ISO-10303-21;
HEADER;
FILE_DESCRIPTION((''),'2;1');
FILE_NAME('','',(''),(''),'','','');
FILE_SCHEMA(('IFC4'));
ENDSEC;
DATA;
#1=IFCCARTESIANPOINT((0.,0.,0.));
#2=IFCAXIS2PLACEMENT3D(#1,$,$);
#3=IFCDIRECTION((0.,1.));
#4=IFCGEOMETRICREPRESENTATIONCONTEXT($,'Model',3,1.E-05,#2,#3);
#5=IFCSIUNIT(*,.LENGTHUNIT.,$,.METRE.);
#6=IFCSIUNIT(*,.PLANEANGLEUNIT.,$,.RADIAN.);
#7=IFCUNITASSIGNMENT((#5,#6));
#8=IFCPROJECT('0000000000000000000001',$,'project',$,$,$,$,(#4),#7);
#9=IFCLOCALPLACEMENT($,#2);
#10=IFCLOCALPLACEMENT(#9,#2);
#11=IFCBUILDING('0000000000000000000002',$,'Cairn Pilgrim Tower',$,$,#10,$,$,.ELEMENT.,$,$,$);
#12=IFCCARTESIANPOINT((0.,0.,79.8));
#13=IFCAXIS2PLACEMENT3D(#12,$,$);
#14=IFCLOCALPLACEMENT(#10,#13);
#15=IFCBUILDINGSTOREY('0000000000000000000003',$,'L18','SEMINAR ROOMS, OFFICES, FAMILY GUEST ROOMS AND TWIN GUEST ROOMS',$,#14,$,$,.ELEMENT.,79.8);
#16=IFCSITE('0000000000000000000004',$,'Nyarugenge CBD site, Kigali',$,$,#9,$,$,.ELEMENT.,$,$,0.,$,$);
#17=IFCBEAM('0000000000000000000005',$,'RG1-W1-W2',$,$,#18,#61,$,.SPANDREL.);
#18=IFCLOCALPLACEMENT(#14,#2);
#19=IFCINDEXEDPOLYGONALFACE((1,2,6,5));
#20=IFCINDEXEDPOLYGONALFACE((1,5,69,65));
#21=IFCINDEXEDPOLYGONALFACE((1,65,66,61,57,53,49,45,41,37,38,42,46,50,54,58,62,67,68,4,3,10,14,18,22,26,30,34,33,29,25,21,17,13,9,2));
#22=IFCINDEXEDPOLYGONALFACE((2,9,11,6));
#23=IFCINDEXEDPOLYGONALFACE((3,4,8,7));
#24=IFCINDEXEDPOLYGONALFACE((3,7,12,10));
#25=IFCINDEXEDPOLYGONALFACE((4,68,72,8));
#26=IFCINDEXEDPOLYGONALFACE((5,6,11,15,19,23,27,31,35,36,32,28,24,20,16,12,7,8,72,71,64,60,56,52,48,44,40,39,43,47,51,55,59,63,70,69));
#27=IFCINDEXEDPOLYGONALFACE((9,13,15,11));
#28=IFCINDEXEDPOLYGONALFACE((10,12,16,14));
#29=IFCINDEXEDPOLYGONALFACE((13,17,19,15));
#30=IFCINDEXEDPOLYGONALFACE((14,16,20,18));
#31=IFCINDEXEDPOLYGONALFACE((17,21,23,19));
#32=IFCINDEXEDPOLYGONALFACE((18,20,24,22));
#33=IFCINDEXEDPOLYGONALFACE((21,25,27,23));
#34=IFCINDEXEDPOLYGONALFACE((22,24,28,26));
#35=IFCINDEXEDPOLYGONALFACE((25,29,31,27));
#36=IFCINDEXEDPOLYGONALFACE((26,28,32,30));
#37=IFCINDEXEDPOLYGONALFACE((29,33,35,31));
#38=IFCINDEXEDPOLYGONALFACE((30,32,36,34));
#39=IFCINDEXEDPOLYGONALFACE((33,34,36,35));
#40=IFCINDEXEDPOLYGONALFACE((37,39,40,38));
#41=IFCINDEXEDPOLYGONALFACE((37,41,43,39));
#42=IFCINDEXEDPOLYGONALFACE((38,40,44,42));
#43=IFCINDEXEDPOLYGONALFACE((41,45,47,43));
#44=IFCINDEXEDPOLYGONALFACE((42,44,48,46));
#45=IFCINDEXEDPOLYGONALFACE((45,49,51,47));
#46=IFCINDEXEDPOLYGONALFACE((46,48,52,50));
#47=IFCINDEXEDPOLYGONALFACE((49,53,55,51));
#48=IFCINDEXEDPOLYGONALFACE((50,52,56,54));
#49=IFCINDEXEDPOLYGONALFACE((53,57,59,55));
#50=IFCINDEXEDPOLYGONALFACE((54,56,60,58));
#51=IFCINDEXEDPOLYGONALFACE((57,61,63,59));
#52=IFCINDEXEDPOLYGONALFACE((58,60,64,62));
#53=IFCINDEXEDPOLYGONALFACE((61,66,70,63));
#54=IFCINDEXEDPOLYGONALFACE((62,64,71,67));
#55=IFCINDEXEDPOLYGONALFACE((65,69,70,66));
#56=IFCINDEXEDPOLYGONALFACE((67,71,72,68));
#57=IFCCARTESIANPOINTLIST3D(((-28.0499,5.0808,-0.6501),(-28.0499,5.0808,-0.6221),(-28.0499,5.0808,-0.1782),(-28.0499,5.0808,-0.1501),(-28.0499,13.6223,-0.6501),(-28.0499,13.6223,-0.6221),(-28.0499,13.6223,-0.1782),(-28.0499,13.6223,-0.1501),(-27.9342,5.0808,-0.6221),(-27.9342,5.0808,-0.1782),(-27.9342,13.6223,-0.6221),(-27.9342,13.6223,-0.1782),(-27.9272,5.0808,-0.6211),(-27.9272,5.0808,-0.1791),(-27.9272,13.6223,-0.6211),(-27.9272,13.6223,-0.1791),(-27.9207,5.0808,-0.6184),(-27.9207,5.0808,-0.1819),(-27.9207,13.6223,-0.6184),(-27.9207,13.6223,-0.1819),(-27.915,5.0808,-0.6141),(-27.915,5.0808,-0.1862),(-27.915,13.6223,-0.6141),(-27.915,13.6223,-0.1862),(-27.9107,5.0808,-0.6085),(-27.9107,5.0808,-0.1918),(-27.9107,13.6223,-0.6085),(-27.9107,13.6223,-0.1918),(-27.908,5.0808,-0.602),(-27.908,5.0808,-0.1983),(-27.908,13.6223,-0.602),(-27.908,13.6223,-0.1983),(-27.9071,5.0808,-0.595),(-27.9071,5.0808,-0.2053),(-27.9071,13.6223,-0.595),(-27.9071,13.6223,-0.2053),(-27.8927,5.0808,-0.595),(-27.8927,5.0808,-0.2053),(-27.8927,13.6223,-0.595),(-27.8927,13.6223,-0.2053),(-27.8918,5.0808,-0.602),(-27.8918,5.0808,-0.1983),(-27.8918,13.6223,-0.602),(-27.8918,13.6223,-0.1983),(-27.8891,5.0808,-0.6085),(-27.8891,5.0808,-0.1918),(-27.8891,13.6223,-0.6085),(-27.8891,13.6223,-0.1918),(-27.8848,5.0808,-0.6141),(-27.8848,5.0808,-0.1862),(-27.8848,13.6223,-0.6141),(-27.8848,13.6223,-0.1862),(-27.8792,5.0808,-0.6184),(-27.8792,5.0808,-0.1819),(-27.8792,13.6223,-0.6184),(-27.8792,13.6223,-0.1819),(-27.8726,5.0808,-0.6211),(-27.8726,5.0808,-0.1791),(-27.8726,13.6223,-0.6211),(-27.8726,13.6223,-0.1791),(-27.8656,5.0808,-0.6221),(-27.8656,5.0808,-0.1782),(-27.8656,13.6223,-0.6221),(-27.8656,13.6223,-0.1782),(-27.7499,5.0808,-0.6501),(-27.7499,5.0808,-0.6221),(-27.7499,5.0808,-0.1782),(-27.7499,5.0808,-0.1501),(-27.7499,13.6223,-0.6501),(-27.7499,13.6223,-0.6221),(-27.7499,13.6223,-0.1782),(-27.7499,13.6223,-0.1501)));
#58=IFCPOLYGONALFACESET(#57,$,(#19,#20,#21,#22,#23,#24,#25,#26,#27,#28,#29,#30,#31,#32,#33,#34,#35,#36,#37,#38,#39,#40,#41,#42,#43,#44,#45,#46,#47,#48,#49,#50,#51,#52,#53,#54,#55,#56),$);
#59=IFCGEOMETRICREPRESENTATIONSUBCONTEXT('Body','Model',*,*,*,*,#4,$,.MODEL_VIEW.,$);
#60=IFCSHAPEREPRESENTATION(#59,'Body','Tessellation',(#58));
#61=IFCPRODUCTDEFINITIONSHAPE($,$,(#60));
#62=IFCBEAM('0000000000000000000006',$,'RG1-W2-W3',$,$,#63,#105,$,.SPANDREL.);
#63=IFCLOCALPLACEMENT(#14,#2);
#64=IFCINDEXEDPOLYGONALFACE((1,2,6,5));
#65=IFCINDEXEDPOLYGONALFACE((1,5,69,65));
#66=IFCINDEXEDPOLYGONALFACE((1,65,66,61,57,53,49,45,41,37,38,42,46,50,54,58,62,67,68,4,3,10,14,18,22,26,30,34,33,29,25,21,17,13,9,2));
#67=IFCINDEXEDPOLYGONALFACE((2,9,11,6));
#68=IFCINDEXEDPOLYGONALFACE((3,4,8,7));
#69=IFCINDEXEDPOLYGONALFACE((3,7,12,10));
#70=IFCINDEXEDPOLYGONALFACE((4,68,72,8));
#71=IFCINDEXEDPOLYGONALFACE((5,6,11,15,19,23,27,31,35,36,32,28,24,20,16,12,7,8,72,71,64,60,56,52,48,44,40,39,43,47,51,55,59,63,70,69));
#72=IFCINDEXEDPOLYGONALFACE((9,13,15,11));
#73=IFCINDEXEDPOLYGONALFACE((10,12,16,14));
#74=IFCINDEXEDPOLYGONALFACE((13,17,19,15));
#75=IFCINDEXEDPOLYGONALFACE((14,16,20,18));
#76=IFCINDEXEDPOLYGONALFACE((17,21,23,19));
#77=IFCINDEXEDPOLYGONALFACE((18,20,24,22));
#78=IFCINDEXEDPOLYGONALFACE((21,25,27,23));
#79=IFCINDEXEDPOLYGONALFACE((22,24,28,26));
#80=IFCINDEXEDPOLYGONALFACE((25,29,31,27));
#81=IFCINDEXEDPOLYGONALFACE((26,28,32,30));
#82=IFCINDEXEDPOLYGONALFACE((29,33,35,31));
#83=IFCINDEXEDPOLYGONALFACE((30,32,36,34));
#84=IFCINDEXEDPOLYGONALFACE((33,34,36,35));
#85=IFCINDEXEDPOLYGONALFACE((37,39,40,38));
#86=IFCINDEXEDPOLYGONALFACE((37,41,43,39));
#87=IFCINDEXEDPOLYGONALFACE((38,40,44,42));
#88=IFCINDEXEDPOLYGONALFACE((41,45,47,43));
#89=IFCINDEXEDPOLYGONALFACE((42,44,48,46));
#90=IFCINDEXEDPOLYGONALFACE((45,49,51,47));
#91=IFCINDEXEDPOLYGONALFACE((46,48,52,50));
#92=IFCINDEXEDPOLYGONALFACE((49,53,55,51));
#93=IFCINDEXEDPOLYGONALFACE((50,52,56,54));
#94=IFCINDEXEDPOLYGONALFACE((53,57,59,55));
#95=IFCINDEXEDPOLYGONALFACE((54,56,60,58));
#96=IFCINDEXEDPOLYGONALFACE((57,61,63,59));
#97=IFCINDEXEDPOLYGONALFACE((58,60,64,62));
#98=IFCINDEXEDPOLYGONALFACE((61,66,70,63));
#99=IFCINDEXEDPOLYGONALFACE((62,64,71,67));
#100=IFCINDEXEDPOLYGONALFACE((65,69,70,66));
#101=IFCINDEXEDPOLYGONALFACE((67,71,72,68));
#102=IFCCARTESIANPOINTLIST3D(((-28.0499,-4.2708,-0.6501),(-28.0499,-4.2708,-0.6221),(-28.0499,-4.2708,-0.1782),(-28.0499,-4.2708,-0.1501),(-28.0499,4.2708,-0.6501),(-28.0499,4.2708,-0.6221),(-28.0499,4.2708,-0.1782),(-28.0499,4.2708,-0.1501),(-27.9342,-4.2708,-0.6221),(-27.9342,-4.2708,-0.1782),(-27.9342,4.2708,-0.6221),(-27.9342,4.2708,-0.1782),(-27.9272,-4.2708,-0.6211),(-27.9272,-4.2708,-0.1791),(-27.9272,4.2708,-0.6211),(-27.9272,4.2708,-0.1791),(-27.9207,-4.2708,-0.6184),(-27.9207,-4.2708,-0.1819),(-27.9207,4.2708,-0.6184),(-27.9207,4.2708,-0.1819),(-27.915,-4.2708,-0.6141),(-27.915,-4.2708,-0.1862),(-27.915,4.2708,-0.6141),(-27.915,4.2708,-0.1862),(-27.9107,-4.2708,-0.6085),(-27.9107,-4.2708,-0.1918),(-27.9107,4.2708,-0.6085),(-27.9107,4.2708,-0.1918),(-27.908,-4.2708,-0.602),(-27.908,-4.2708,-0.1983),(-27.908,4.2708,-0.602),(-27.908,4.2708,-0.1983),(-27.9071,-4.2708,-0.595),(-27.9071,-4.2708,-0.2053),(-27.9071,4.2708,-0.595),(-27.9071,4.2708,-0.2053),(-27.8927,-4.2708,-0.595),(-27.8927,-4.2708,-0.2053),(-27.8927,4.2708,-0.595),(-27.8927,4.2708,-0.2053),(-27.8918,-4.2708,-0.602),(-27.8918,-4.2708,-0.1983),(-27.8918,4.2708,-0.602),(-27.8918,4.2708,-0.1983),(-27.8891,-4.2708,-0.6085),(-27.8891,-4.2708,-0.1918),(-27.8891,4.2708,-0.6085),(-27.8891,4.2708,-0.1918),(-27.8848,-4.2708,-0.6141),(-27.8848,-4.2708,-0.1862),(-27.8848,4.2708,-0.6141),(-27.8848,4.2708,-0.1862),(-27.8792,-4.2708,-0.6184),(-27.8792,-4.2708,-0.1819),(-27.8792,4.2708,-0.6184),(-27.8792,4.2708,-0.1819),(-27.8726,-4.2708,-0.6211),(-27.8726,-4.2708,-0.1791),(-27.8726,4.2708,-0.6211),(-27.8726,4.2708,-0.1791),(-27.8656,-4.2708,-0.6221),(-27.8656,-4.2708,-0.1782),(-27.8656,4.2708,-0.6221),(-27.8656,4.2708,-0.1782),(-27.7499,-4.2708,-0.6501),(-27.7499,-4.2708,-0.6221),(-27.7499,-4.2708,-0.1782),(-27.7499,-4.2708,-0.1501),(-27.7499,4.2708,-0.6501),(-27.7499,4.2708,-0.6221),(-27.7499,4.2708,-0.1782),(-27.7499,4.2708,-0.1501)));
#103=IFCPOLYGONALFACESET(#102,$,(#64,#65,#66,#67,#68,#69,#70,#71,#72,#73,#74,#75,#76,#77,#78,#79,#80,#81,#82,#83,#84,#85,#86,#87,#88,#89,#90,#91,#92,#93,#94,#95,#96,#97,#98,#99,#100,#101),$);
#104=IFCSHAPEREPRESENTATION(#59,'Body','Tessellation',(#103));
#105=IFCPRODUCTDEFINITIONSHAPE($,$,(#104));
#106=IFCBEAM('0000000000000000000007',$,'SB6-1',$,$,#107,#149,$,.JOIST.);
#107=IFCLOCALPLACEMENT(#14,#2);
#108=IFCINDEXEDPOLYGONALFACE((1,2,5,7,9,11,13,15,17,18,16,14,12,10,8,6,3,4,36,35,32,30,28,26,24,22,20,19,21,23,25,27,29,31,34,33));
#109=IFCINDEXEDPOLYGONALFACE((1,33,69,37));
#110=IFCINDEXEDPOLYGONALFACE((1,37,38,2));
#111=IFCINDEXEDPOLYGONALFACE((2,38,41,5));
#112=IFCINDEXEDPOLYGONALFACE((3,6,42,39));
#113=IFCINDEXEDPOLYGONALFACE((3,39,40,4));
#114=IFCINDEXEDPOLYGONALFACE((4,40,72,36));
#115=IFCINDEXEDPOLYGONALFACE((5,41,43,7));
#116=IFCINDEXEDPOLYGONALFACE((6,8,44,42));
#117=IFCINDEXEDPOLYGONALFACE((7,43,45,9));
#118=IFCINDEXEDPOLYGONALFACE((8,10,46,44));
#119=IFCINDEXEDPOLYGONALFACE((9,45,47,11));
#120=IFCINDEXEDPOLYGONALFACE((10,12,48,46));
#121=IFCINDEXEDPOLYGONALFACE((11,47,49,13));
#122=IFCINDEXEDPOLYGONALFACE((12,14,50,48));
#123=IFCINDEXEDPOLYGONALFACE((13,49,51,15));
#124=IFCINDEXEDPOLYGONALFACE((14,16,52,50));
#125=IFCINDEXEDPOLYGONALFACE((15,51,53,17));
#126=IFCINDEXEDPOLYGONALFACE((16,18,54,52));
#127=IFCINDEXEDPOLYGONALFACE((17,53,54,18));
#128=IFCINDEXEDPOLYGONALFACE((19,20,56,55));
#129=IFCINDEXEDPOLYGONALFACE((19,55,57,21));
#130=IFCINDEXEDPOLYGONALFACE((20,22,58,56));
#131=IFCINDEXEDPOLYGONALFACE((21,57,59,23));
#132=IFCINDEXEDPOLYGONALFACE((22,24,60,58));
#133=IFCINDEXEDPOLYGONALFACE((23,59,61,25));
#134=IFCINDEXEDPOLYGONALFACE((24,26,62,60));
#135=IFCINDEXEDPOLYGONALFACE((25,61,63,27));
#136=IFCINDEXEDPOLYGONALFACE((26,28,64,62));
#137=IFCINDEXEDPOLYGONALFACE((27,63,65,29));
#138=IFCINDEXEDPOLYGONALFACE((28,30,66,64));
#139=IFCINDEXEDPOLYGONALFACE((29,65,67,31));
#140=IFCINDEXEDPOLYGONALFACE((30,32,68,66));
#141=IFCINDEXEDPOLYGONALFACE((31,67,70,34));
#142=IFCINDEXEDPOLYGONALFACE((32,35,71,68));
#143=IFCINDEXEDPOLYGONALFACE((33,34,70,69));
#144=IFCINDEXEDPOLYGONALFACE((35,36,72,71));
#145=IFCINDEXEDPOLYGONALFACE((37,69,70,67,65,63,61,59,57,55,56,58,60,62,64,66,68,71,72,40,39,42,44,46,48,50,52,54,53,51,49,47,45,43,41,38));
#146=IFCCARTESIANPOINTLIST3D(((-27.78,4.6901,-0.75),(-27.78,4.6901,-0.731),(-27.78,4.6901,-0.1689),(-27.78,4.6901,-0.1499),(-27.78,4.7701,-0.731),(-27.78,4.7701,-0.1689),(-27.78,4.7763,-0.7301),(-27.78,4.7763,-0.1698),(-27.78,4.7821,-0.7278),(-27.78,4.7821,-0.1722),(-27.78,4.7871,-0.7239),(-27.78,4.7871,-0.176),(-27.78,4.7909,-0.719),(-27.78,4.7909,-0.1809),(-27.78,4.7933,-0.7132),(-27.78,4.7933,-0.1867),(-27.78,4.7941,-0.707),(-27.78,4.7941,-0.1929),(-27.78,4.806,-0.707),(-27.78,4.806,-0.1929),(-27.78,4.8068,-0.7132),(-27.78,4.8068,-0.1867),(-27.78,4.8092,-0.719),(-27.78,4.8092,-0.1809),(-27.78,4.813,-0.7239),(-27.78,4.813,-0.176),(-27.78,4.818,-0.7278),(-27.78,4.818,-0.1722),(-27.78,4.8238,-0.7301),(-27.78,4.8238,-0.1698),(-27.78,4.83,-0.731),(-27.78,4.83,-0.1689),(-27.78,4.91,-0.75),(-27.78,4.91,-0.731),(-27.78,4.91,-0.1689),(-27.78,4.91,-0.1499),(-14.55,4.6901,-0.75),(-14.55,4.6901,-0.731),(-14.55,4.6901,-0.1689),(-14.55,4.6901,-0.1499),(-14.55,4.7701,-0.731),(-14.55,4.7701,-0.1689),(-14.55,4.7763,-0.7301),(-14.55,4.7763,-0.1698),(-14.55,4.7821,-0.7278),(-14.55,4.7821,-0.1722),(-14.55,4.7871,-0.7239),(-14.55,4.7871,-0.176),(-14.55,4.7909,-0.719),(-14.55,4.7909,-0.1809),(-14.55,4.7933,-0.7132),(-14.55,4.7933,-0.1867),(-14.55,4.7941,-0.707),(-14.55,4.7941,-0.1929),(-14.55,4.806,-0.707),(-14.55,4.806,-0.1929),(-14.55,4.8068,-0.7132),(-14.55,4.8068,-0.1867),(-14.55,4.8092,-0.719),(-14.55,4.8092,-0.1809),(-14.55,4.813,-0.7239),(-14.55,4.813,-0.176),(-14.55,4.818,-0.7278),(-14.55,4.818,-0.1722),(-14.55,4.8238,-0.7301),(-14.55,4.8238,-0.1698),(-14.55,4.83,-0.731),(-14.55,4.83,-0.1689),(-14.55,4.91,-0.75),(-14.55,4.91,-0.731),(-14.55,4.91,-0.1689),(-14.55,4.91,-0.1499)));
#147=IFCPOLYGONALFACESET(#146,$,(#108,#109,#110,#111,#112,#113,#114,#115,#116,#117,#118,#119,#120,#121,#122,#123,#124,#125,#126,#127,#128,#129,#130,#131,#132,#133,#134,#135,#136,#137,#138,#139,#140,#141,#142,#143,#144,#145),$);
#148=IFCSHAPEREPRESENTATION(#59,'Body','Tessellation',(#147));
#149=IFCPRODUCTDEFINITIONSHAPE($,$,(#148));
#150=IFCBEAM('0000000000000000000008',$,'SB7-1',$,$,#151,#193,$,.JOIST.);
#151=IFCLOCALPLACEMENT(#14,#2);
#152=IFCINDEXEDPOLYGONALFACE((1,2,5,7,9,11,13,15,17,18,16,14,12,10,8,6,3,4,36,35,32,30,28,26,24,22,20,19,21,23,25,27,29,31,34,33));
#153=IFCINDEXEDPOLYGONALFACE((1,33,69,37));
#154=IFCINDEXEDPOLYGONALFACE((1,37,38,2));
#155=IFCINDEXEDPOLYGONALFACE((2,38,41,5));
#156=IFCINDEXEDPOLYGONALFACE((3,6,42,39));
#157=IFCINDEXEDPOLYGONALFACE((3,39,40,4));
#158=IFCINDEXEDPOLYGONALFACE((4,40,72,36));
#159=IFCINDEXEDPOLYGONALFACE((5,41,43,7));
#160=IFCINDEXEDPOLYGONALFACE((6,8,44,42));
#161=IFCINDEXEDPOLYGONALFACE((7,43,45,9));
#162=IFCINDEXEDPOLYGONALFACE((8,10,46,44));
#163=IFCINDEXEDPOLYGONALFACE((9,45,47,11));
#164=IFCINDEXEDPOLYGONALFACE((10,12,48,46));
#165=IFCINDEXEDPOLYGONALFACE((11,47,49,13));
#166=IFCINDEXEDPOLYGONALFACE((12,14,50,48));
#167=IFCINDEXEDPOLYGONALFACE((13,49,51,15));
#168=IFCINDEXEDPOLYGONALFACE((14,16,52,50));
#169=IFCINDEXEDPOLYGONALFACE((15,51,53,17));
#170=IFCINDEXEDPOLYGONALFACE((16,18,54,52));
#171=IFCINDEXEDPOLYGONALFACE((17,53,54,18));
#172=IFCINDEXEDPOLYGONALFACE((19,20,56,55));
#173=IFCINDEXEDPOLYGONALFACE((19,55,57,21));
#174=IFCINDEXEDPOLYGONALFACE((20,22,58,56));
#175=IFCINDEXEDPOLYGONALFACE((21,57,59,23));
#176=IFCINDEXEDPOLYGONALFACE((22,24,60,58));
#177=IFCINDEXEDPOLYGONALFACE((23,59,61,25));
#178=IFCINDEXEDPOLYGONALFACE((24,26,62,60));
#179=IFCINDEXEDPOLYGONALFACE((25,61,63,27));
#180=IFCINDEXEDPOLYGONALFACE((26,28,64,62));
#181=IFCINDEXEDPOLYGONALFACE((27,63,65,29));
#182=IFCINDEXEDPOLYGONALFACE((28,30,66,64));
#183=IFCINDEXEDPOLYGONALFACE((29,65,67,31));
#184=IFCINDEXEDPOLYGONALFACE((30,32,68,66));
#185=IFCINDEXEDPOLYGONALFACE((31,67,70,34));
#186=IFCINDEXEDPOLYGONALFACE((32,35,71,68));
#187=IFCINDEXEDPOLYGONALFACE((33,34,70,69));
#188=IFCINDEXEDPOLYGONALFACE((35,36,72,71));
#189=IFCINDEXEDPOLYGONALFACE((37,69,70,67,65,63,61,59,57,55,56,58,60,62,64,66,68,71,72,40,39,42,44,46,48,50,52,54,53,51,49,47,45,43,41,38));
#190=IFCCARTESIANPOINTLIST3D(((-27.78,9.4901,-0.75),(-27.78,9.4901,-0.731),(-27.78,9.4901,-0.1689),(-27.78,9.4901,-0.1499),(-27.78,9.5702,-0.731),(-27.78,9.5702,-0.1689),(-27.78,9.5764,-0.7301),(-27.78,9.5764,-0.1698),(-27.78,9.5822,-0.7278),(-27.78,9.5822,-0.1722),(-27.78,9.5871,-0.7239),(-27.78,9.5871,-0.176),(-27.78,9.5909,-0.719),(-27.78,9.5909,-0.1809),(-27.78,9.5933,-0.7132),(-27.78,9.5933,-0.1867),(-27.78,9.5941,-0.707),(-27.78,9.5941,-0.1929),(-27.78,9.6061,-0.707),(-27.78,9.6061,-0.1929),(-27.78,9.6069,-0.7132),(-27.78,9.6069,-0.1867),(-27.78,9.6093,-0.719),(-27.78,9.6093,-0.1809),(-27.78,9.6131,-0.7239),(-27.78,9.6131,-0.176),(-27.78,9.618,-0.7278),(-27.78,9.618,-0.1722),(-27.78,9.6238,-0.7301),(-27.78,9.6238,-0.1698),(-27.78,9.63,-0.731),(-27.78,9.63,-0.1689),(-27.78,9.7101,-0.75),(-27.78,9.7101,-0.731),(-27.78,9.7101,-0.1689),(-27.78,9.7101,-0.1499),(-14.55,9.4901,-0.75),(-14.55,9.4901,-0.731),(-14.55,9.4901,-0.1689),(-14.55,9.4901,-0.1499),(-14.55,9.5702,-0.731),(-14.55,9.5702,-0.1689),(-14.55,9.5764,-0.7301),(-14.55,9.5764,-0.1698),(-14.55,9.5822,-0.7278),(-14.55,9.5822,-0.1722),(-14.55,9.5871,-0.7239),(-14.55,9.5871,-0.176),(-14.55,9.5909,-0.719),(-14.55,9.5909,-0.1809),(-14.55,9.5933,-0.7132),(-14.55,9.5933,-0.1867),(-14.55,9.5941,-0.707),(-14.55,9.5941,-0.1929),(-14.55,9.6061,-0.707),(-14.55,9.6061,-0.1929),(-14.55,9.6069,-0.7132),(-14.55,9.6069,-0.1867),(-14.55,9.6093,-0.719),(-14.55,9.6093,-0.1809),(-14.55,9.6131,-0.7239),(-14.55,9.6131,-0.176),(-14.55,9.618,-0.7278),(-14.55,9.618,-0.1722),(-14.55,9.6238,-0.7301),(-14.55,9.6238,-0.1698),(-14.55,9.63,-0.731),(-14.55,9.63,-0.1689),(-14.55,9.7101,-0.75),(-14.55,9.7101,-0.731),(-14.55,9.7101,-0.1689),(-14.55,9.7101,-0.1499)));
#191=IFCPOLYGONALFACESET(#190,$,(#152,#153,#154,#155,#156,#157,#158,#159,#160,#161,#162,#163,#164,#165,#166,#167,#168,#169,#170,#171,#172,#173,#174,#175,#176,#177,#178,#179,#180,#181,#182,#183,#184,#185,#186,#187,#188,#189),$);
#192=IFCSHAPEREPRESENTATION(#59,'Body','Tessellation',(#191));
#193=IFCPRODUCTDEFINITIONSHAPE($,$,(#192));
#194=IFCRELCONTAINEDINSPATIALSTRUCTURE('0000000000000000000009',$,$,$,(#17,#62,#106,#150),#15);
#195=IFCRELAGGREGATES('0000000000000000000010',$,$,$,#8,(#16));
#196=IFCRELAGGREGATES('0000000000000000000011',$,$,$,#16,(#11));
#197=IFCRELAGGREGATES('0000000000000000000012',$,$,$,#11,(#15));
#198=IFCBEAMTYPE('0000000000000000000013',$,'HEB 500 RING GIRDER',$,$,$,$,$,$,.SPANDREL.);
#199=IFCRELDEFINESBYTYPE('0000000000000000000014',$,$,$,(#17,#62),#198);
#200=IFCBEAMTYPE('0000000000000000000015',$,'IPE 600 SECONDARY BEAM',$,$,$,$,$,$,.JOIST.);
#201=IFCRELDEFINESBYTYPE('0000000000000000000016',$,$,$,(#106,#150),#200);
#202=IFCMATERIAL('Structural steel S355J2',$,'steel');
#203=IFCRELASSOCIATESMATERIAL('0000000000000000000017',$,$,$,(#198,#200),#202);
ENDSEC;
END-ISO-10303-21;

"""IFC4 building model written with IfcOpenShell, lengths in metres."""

from ifc_helpers import new_model, si_unit, direction, frame, origin, origin_2d, place, context, subcontext, project, spatial, i_section, extrude, material, material_profile, profile_set, type_object, element, save


model = new_model("IFC4")

# Units and contexts
model_context = context("Model", 3, precision=1e-05, world=origin(), true_north=direction((0.0, 1.0)))
body_context = subcontext(model_context, "Body", "Model", "MODEL_VIEW")
ifc_project = project(units=[si_unit("LENGTHUNIT", "METRE"), si_unit("PLANEANGLEUNIT", "RADIAN")], contexts=[model_context])

# Site, building, storey
site_placement = place(None, origin())
site = spatial("IfcSite", under=ifc_project, at=site_placement, Name="Nyarugenge CBD site, Kigali", CompositionType="ELEMENT", RefElevation=0.0)
building_placement = place(site_placement, origin())
building = spatial("IfcBuilding", under=site, at=building_placement, Name="Cairn Pilgrim Tower", CompositionType="ELEMENT")
storey_placement = place(building_placement, frame((0.0, 0.0, 79.8)))
storey = spatial("IfcBuildingStorey", under=building, at=storey_placement, Name="L18", Description="SEMINAR ROOMS, OFFICES, FAMILY GUEST ROOMS AND TWIN GUEST ROOMS", CompositionType="ELEMENT", Elevation=79.8)

# Beams
ifc_material_1 = material(Name="Structural steel S355J2", Category="steel")
ifc_material_profile_1 = material_profile(ifc_material_1, i_section(OverallWidth=0.3, OverallDepth=0.5, WebThickness=0.0144, FlangeThickness=0.0281, FilletRadius=0.0271, at=origin_2d()), Name="HEB 500")
ifc_profile_set_1 = profile_set([ifc_material_profile_1], Name="Structural steel S355J2")
beam_type_1 = type_object("IfcBeamType", Name="HEB 500 RING GIRDER", PredefinedType="SPANDREL", material=ifc_profile_set_1)
for number, where, z_axis, x_axis, name in (
    (1, (-27.8999, 13.6223, -0.4001), (0.0, -1.0, 0.0), (1.0, 0.0, 0.0), "RG1-W1-W2"),
    (2, (-27.8999, 4.2708, -0.4001), (0.0, -1.0, 0.0), (1.0, 0.0, 0.0), "RG1-W2-W3"),
):
    element("IfcBeam", number, at=place(storey_placement, frame(where, z_axis=z_axis, x_axis=x_axis)), inside=storey, type_object=beam_type_1, Name=name, PredefinedType="SPANDREL", context=body_context, shape_type="SweptSolid", body=[
        extrude(i_section(OverallWidth=0.3, OverallDepth=0.5, WebThickness=0.0144, FlangeThickness=0.0281, FilletRadius=0.0271, at=origin_2d()), origin(), (0.0, 0.0, 1.0), 8.5415),
    ])
ifc_material_profile_2 = material_profile(ifc_material_1, i_section(OverallWidth=0.22, OverallDepth=0.6001, WebThickness=0.012, FlangeThickness=0.019, FilletRadius=0.0239, at=origin_2d()), Name="IPE 600")
ifc_profile_set_2 = profile_set([ifc_material_profile_2], Name="Structural steel S355J2")
beam_type_2 = type_object("IfcBeamType", Name="IPE 600 SECONDARY BEAM", PredefinedType="JOIST", material=ifc_profile_set_2)
for number, where, z_axis, x_axis, name in (
    (3, (-27.78, 4.8, -0.45), (1.0, 0.0, 0.0), (0.0, 1.0, 0.0), "SB6-1"),
    (4, (-27.78, 9.6001, -0.45), (1.0, 0.0, 0.0), (0.0, 1.0, 0.0), "SB7-1"),
):
    element("IfcBeam", number, at=place(storey_placement, frame(where, z_axis=z_axis, x_axis=x_axis)), inside=storey, type_object=beam_type_2, Name=name, PredefinedType="JOIST", context=body_context, shape_type="SweptSolid", body=[
        extrude(i_section(OverallWidth=0.22, OverallDepth=0.6001, WebThickness=0.012, FlangeThickness=0.019, FilletRadius=0.0239, at=origin_2d()), origin(), (0.0, 0.0, 1.0), 13.23),
    ])

save(model, "model.ifc")
